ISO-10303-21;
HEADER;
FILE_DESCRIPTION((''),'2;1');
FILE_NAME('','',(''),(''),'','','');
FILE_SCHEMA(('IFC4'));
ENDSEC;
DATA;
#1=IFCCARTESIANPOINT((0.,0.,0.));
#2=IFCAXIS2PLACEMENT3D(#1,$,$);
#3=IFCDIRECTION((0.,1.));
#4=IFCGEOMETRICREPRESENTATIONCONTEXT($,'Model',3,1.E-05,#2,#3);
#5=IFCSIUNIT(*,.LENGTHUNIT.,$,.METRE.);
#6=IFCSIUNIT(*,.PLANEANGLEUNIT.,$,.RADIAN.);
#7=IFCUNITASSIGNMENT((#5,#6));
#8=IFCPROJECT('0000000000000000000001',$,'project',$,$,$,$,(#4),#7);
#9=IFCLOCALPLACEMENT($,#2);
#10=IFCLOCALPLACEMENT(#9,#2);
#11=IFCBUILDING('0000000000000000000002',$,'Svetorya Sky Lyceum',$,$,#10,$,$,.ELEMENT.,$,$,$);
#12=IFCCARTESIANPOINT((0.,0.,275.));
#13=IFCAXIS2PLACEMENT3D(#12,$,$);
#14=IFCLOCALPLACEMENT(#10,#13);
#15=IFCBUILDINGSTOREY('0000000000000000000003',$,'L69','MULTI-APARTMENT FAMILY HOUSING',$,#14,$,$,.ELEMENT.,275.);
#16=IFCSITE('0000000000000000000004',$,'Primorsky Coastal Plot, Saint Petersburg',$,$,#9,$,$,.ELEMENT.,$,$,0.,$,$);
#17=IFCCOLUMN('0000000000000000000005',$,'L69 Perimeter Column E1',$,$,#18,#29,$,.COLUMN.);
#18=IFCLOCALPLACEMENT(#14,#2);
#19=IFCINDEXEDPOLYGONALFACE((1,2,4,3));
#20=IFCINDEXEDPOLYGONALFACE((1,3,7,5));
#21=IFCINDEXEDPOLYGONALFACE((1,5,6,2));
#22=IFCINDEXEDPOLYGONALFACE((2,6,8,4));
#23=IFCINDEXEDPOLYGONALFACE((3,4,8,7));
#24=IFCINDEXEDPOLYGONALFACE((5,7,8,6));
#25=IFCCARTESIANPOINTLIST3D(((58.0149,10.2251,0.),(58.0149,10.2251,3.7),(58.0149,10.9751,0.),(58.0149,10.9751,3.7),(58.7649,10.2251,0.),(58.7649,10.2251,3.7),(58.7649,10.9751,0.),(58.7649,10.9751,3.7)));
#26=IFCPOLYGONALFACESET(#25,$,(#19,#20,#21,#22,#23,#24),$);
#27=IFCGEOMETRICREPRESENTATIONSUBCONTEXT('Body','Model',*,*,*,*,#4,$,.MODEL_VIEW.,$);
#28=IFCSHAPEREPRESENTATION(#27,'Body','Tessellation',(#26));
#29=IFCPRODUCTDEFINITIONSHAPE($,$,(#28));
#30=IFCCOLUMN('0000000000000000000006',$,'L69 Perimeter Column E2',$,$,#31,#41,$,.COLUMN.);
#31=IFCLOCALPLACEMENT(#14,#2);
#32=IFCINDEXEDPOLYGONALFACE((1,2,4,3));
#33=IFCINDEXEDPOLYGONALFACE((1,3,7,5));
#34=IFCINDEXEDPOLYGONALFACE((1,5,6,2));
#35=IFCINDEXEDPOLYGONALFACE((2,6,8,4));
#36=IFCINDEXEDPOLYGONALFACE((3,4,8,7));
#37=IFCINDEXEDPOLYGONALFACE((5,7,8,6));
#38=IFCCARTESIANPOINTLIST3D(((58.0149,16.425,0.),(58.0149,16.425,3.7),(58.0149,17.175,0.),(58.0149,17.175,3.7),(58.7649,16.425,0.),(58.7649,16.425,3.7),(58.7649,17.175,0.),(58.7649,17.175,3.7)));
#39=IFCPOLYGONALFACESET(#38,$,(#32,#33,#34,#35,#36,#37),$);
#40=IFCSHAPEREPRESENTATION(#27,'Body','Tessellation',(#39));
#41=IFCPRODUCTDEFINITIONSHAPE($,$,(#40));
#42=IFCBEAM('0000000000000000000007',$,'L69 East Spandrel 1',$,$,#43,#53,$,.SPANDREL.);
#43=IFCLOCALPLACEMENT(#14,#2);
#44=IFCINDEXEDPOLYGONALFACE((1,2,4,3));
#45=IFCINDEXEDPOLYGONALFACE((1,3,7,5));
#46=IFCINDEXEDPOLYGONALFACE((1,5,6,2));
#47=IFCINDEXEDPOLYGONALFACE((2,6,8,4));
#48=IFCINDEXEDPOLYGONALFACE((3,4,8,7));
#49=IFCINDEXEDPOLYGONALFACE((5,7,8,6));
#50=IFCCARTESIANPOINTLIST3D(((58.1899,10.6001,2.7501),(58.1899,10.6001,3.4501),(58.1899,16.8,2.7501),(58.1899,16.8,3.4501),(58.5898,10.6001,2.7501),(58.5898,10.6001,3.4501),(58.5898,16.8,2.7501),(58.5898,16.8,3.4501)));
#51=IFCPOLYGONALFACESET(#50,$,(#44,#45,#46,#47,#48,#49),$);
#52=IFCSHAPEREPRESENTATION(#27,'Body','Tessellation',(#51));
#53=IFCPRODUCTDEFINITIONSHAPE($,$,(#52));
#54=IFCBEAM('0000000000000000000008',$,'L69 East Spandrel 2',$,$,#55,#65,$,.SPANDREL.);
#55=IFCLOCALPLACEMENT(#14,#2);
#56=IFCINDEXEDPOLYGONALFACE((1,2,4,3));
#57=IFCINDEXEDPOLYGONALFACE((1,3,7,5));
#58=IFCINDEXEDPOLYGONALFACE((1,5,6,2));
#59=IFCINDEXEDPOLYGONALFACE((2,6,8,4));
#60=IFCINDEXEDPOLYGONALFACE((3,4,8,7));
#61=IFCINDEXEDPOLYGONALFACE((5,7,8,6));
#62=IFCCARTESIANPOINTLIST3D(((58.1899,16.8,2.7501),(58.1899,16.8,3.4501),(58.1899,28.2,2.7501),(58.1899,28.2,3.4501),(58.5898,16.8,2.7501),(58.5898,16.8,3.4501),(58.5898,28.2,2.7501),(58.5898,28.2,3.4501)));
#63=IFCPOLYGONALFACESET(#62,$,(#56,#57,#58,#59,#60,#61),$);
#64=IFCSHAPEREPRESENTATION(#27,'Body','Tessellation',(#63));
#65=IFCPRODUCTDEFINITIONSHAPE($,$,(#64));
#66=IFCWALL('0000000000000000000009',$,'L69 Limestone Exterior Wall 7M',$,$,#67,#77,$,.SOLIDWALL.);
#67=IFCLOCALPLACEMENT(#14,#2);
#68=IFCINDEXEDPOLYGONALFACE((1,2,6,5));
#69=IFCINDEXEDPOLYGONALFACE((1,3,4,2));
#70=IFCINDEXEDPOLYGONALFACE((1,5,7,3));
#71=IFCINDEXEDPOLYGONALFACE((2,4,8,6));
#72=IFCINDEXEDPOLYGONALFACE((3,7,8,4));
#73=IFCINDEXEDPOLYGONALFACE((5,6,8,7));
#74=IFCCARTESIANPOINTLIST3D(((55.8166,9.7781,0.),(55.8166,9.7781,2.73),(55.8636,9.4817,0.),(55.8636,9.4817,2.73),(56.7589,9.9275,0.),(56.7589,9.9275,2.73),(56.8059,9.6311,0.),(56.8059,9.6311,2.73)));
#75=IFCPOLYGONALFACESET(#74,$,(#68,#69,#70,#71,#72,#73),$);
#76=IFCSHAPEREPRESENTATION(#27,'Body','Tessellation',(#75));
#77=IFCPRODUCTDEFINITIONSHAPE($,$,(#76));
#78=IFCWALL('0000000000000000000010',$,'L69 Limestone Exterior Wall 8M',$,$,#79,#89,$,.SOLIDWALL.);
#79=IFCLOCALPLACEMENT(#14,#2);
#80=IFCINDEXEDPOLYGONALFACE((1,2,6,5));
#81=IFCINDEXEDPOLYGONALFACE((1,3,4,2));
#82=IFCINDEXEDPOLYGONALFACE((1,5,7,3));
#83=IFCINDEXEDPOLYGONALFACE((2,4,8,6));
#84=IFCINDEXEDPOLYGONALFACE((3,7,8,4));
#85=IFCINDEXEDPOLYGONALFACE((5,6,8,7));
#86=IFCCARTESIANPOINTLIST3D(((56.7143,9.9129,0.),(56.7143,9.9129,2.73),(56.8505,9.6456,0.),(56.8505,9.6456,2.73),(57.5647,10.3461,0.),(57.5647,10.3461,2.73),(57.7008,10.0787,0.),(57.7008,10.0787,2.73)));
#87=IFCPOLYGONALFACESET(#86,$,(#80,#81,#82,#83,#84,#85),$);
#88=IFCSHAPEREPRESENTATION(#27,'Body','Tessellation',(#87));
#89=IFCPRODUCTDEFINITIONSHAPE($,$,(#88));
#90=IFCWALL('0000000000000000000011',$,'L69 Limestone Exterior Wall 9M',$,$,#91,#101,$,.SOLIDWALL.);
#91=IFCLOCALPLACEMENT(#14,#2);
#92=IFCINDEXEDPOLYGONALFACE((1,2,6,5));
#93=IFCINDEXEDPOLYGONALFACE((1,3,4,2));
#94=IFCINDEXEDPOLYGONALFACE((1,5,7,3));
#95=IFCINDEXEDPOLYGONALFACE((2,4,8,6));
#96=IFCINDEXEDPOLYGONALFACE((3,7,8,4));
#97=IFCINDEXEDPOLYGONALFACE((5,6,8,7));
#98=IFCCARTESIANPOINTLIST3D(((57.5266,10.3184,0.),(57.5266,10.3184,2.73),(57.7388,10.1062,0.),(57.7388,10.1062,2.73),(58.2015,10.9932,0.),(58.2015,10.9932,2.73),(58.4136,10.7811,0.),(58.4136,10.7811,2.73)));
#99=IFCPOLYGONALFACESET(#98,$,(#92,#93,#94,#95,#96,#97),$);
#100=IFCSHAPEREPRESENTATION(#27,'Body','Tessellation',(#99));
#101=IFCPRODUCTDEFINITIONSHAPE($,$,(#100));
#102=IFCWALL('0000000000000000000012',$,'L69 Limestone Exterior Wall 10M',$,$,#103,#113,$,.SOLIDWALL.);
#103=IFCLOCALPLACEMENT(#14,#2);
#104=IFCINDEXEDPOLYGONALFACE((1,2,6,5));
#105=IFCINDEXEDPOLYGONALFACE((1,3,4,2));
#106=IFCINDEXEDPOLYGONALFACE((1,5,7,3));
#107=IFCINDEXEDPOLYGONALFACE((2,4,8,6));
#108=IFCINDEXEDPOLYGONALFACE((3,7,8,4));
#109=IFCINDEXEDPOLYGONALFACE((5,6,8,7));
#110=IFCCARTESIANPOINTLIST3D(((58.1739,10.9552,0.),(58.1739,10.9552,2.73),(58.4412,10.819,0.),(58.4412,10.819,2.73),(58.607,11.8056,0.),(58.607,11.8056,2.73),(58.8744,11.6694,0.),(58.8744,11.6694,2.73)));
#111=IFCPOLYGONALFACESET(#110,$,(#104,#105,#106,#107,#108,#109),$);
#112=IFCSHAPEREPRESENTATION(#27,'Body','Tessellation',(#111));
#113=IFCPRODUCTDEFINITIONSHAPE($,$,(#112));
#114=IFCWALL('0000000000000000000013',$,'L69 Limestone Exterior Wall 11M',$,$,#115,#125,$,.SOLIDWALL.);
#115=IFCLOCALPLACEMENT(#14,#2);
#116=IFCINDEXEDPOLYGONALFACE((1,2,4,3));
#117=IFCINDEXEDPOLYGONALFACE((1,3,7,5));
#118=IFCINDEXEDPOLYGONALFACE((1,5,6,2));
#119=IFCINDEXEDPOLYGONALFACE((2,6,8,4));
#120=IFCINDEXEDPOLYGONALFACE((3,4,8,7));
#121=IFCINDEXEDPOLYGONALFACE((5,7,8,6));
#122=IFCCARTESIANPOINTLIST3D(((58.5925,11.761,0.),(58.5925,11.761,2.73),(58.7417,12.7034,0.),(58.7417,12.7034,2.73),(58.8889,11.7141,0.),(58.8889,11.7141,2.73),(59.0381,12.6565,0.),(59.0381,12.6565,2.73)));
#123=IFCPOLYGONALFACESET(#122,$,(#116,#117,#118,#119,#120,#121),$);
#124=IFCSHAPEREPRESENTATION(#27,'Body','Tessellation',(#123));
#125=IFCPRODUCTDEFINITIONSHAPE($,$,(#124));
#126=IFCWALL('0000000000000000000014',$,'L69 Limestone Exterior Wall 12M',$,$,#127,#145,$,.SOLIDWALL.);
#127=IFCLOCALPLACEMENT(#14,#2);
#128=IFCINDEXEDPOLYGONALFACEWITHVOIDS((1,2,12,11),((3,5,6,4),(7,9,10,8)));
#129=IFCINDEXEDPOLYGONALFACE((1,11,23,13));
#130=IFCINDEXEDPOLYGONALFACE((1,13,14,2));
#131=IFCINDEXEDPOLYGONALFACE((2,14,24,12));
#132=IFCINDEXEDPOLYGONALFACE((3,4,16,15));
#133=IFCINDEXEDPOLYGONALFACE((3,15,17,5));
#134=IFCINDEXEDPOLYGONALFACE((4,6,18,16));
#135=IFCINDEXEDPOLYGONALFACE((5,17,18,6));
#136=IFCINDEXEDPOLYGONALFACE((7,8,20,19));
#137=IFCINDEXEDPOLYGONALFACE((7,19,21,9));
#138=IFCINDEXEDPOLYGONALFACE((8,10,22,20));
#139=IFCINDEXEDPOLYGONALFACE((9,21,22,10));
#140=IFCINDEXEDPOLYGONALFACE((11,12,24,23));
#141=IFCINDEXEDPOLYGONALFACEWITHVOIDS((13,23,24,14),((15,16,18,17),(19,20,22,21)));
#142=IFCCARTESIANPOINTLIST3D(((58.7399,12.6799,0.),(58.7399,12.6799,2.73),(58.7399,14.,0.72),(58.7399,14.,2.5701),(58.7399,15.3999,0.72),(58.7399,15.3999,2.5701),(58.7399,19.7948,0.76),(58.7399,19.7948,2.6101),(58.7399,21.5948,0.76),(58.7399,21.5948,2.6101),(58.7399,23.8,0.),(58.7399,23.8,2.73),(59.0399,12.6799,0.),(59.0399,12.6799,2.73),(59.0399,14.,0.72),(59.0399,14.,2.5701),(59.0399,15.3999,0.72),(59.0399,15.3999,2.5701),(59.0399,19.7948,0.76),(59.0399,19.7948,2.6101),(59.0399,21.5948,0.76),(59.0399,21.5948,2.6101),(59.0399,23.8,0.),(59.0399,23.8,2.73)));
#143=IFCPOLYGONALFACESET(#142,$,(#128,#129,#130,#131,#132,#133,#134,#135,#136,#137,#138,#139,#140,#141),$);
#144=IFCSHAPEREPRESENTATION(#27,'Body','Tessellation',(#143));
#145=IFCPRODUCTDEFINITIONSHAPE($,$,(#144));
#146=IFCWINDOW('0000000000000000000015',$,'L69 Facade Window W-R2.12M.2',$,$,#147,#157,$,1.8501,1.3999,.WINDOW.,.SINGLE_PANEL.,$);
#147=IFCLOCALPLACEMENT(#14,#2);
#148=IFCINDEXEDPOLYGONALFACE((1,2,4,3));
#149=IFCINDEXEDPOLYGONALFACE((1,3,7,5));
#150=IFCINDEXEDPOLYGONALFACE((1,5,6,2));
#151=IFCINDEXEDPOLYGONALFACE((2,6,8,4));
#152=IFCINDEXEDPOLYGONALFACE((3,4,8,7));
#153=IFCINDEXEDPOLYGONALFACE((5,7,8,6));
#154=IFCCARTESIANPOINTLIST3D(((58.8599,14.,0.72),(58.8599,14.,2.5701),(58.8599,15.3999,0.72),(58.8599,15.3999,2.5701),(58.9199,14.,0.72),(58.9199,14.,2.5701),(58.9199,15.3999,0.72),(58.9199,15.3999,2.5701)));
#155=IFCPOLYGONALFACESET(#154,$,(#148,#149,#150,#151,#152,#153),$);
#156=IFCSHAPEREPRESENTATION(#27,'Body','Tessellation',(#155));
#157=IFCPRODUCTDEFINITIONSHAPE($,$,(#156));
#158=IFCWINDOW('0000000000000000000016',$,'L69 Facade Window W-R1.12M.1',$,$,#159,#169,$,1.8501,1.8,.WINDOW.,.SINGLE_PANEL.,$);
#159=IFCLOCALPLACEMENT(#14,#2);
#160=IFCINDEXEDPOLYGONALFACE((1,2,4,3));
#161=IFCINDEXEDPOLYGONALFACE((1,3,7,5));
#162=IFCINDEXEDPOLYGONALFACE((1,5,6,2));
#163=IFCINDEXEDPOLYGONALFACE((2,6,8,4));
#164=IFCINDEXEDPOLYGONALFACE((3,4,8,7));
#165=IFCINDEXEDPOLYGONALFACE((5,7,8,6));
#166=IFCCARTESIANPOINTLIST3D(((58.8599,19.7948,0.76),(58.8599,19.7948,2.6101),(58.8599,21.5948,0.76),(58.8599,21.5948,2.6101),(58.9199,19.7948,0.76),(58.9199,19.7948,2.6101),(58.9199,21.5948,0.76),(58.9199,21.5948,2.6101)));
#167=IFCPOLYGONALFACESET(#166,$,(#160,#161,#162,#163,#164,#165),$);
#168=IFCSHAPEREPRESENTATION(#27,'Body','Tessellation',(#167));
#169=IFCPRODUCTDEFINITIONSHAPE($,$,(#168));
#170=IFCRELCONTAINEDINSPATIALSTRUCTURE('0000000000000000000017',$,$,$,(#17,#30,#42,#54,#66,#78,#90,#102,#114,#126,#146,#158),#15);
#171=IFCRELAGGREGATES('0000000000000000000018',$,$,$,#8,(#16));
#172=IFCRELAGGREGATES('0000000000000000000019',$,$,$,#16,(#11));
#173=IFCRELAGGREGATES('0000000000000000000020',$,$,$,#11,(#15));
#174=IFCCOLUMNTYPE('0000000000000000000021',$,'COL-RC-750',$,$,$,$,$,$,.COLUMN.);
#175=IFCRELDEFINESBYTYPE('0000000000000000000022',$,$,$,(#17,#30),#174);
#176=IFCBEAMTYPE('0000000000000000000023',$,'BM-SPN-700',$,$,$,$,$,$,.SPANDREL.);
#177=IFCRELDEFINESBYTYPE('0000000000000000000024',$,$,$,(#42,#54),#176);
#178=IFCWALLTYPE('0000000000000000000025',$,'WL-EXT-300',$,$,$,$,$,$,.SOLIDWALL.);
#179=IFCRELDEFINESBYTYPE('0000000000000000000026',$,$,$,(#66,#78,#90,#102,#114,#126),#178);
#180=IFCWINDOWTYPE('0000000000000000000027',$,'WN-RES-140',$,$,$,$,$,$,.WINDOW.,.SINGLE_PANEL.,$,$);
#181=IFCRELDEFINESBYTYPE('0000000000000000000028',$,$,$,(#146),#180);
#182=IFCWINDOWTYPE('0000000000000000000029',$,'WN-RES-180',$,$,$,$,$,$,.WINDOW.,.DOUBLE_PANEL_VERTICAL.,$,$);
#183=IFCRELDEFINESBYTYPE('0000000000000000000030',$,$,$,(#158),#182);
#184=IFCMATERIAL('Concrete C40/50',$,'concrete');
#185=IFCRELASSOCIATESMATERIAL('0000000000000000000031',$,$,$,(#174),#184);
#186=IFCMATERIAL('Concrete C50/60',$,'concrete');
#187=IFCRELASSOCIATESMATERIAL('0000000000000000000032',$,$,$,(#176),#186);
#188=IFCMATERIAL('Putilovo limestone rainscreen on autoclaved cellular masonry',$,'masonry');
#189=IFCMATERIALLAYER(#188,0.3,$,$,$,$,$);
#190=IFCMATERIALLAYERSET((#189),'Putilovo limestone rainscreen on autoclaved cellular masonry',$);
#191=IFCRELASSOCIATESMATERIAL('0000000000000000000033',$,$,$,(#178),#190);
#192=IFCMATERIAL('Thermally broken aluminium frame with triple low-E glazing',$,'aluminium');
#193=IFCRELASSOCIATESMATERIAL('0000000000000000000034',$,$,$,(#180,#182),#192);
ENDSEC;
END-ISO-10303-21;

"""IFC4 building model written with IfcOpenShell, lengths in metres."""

from ifc_helpers import new_model, si_unit, direction, frame, frame_2d, origin, origin_2d, place, context, subcontext, project, spatial, rectangle, extrude, material, layer, layer_set, material_profile, profile_set, type_object, element, fill, save


model = new_model("IFC4")

# Units and contexts
model_context = context("Model", 3, precision=1e-05, world=origin(), true_north=direction((0.0, 1.0)))
body_context = subcontext(model_context, "Body", "Model", "MODEL_VIEW")
ifc_project = project(units=[si_unit("LENGTHUNIT", "METRE"), si_unit("PLANEANGLEUNIT", "RADIAN")], contexts=[model_context])

# Site, building, storey
site_placement = place(None, origin())
site = spatial("IfcSite", under=ifc_project, at=site_placement, Name="Primorsky Coastal Plot, Saint Petersburg", CompositionType="ELEMENT", RefElevation=0.0)
building_placement = place(site_placement, origin())
building = spatial("IfcBuilding", under=site, at=building_placement, Name="Svetorya Sky Lyceum", CompositionType="ELEMENT")
storey_placement = place(building_placement, frame((0.0, 0.0, 275.0)))
storey = spatial("IfcBuildingStorey", under=building, at=storey_placement, Name="L69", Description="MULTI-APARTMENT FAMILY HOUSING", CompositionType="ELEMENT", Elevation=275.0)

# Columns
ifc_material_1 = material(Name="Concrete C40/50", Category="concrete")
ifc_material_profile_1 = material_profile(ifc_material_1, rectangle(XDim=0.75, YDim=0.75, at=origin_2d()), Name="RC COL 750x750")
ifc_profile_set_1 = profile_set([ifc_material_profile_1], Name="Concrete C40/50")
column_type = type_object("IfcColumnType", Name="COL-RC-750", PredefinedType="COLUMN", material=ifc_profile_set_1)
for number, where, z_axis, x_axis, name in (
    (1, (58.3899, 10.6001, 0.0), (0.0, 0.0, 1.0), (1.0, 0.0, 0.0), "L69 Perimeter Column E1"),
    (2, (58.3899, 16.8, 0.0), (0.0, 0.0, 1.0), (1.0, 0.0, 0.0), "L69 Perimeter Column E2"),
):
    element("IfcColumn", number, at=place(storey_placement, frame(where, z_axis=z_axis, x_axis=x_axis)), inside=storey, type_object=column_type, Name=name, PredefinedType="COLUMN", context=body_context, shape_type="SweptSolid", body=[
        extrude(rectangle(XDim=0.75, YDim=0.75, at=origin_2d()), origin(), (0.0, 0.0, 1.0), 3.7),
    ])

# Beams
ifc_material_2 = material(Name="Concrete C50/60", Category="concrete")
ifc_material_profile_2 = material_profile(ifc_material_2, rectangle(XDim=0.3999, YDim=0.7, at=origin_2d()), Name="RC SPANDREL 400x700")
ifc_profile_set_2 = profile_set([ifc_material_profile_2], Name="Concrete C50/60")
beam_type = type_object("IfcBeamType", Name="BM-SPN-700", PredefinedType="SPANDREL", material=ifc_profile_set_2)
beam_1_placement = place(storey_placement, frame((58.3899, 10.6001, 3.1001), z_axis=(0.0, 1.0, 0.0), x_axis=(-1.0, 0.0, 0.0)))
element("IfcBeam", 3, at=beam_1_placement, inside=storey, type_object=beam_type, Name="L69 East Spandrel 1", PredefinedType="SPANDREL", context=body_context, shape_type="SweptSolid", body=[
    extrude(rectangle(XDim=0.3999, YDim=0.7, at=origin_2d()), origin(), (0.0, 0.0, 1.0), 6.2),
])
beam_2_placement = place(storey_placement, frame((58.3899, 16.8, 3.1001), z_axis=(0.0, 1.0, 0.0), x_axis=(-1.0, 0.0, 0.0)))
element("IfcBeam", 4, at=beam_2_placement, inside=storey, type_object=beam_type, Name="L69 East Spandrel 2", PredefinedType="SPANDREL", context=body_context, shape_type="SweptSolid", body=[
    extrude(rectangle(XDim=0.3999, YDim=0.7, at=origin_2d()), origin(), (0.0, 0.0, 1.0), 11.3999),
])

# Walls
ifc_material_3 = material(Name="Putilovo limestone rainscreen on autoclaved cellular masonry", Category="masonry")
ifc_layer_1 = layer(ifc_material_3, 0.3)
ifc_layer_set_1 = layer_set([ifc_layer_1], Name="Putilovo limestone rainscreen on autoclaved cellular masonry")
wall_type_1 = type_object("IfcWallType", Name="WL-EXT-300", PredefinedType="SOLIDWALL", material=ifc_layer_set_1)
wall_1_placement = place(storey_placement, frame((55.8401, 9.6299, 0.0), z_axis=(0.0, 0.0, 1.0), x_axis=(0.987663, 0.156593, 0.0)))
element("IfcWall", 5, at=wall_1_placement, inside=storey, type_object=wall_type_1, Name="L69 Limestone Exterior Wall 7M", PredefinedType="SOLIDWALL", context=body_context, shape_type="SweptSolid", body=[
    extrude(rectangle(XDim=0.9541, YDim=0.3, at=frame_2d((0.4771, 0.0))), origin(), (0.0, 0.0, 1.0), 2.73),
])
for number, where, z_axis, x_axis, name in (
    (6, (56.7825, 9.7793, 0.0), (0.0, 0.0, 1.0), (0.891077, 0.453853, 0.0), "L69 Limestone Exterior Wall 8M"),
    (7, (57.6328, 10.2124, 0.0), (0.0, 0.0, 1.0), (0.707107, 0.707107, 0.0), "L69 Limestone Exterior Wall 9M"),
    (8, (58.3076, 10.8872, 0.0), (0.0, 0.0, 1.0), (0.453853, 0.891077, 0.0), "L69 Limestone Exterior Wall 10M"),
):
    element("IfcWall", number, at=place(storey_placement, frame(where, z_axis=z_axis, x_axis=x_axis)), inside=storey, type_object=wall_type_1, Name=name, PredefinedType="SOLIDWALL", context=body_context, shape_type="SweptSolid", body=[
        extrude(rectangle(XDim=0.9543, YDim=0.3, at=frame_2d((0.4771, 0.0))), origin(), (0.0, 0.0, 1.0), 2.73),
    ])
wall_2_placement = place(storey_placement, frame((58.7407, 11.7375, 0.0), z_axis=(0.0, 0.0, 1.0), x_axis=(0.156344, 0.987703, 0.0)))
element("IfcWall", 9, at=wall_2_placement, inside=storey, type_object=wall_type_1, Name="L69 Limestone Exterior Wall 11M", PredefinedType="SOLIDWALL", context=body_context, shape_type="SweptSolid", body=[
    extrude(rectangle(XDim=0.9541, YDim=0.3, at=frame_2d((0.4771, 0.0))), origin(), (0.0, 0.0, 1.0), 2.73),
])

# Wall, openings, windows
wall_3_placement = place(storey_placement, frame((58.8899, 12.6799, 0.0), z_axis=(0.0, 0.0, 1.0), x_axis=(0.0, 1.0, 0.0)))
wall_3 = element("IfcWall", 10, at=wall_3_placement, inside=storey, type_object=wall_type_1, Name="L69 Limestone Exterior Wall 12M", PredefinedType="SOLIDWALL", context=body_context, shape_type="SweptSolid", body=[
    extrude(rectangle(XDim=11.1201, YDim=0.3, at=frame_2d((5.5601, 0.0))), origin(), (0.0, 0.0, 1.0), 2.73),
])
opening_1_placement = place(wall_3_placement, frame((1.3201, 0.0, 0.72)))
opening_1 = element("IfcOpeningElement", 11, at=opening_1_placement, cuts=wall_3, PredefinedType="OPENING", context=body_context, shape_type="SweptSolid", body=[
    extrude(rectangle(XDim=1.3999, YDim=1.8501, at=frame_2d((0.7, 0.925))), frame((0.0, 0.1599, 0.0), z_axis=(0.0, -1.0, 0.0), x_axis=(1.0, 0.0, 0.0)), (0.0, 0.0, 1.0), 0.3201),
])
opening_2_placement = place(wall_3_placement, frame((7.115, 0.0, 0.76)))
opening_2 = element("IfcOpeningElement", 12, at=opening_2_placement, cuts=wall_3, PredefinedType="OPENING", context=body_context, shape_type="SweptSolid", body=[
    extrude(rectangle(XDim=1.8, YDim=1.8501, at=frame_2d((0.8999, 0.925))), frame((0.0, 0.1599, 0.0), z_axis=(0.0, -1.0, 0.0), x_axis=(1.0, 0.0, 0.0)), (0.0, 0.0, 1.0), 0.3201),
])
ifc_material_4 = material(Name="Thermally broken aluminium frame with triple low-E glazing", Category="aluminium")
window_type_1 = type_object("IfcWindowType", Name="WN-RES-140", PartitioningType="SINGLE_PANEL", PredefinedType="WINDOW", material=ifc_material_4)
window_1_placement = place(opening_1_placement, origin())
window_1 = element("IfcWindow", 13, at=window_1_placement, inside=storey, type_object=window_type_1, Name="L69 Facade Window W-R2.12M.2", OverallHeight=1.8501, OverallWidth=1.3999, PartitioningType="SINGLE_PANEL", PredefinedType="WINDOW", context=body_context, shape_type="SweptSolid", body=[
    extrude(rectangle(XDim=1.3999, YDim=1.8501, at=frame_2d((0.7, 0.925))), frame((0.0, 0.03, 0.0), z_axis=(0.0, -1.0, 0.0), x_axis=(1.0, 0.0, 0.0)), (0.0, 0.0, 1.0), 0.0601),
])
fill(opening_1, window_1)
window_type_2 = type_object("IfcWindowType", Name="WN-RES-180", PartitioningType="DOUBLE_PANEL_VERTICAL", PredefinedType="WINDOW", material=ifc_material_4)
window_2_placement = place(opening_2_placement, origin())
window_2 = element("IfcWindow", 14, at=window_2_placement, inside=storey, type_object=window_type_2, Name="L69 Facade Window W-R1.12M.1", OverallHeight=1.8501, OverallWidth=1.8, PartitioningType="SINGLE_PANEL", PredefinedType="WINDOW", context=body_context, shape_type="SweptSolid", body=[
    extrude(rectangle(XDim=1.8, YDim=1.8501, at=frame_2d((0.8999, 0.925))), frame((0.0, 0.03, 0.0), z_axis=(0.0, -1.0, 0.0), x_axis=(1.0, 0.0, 0.0)), (0.0, 0.0, 1.0), 0.0601),
])
fill(opening_2, window_2)

save(model, "model.ifc")
